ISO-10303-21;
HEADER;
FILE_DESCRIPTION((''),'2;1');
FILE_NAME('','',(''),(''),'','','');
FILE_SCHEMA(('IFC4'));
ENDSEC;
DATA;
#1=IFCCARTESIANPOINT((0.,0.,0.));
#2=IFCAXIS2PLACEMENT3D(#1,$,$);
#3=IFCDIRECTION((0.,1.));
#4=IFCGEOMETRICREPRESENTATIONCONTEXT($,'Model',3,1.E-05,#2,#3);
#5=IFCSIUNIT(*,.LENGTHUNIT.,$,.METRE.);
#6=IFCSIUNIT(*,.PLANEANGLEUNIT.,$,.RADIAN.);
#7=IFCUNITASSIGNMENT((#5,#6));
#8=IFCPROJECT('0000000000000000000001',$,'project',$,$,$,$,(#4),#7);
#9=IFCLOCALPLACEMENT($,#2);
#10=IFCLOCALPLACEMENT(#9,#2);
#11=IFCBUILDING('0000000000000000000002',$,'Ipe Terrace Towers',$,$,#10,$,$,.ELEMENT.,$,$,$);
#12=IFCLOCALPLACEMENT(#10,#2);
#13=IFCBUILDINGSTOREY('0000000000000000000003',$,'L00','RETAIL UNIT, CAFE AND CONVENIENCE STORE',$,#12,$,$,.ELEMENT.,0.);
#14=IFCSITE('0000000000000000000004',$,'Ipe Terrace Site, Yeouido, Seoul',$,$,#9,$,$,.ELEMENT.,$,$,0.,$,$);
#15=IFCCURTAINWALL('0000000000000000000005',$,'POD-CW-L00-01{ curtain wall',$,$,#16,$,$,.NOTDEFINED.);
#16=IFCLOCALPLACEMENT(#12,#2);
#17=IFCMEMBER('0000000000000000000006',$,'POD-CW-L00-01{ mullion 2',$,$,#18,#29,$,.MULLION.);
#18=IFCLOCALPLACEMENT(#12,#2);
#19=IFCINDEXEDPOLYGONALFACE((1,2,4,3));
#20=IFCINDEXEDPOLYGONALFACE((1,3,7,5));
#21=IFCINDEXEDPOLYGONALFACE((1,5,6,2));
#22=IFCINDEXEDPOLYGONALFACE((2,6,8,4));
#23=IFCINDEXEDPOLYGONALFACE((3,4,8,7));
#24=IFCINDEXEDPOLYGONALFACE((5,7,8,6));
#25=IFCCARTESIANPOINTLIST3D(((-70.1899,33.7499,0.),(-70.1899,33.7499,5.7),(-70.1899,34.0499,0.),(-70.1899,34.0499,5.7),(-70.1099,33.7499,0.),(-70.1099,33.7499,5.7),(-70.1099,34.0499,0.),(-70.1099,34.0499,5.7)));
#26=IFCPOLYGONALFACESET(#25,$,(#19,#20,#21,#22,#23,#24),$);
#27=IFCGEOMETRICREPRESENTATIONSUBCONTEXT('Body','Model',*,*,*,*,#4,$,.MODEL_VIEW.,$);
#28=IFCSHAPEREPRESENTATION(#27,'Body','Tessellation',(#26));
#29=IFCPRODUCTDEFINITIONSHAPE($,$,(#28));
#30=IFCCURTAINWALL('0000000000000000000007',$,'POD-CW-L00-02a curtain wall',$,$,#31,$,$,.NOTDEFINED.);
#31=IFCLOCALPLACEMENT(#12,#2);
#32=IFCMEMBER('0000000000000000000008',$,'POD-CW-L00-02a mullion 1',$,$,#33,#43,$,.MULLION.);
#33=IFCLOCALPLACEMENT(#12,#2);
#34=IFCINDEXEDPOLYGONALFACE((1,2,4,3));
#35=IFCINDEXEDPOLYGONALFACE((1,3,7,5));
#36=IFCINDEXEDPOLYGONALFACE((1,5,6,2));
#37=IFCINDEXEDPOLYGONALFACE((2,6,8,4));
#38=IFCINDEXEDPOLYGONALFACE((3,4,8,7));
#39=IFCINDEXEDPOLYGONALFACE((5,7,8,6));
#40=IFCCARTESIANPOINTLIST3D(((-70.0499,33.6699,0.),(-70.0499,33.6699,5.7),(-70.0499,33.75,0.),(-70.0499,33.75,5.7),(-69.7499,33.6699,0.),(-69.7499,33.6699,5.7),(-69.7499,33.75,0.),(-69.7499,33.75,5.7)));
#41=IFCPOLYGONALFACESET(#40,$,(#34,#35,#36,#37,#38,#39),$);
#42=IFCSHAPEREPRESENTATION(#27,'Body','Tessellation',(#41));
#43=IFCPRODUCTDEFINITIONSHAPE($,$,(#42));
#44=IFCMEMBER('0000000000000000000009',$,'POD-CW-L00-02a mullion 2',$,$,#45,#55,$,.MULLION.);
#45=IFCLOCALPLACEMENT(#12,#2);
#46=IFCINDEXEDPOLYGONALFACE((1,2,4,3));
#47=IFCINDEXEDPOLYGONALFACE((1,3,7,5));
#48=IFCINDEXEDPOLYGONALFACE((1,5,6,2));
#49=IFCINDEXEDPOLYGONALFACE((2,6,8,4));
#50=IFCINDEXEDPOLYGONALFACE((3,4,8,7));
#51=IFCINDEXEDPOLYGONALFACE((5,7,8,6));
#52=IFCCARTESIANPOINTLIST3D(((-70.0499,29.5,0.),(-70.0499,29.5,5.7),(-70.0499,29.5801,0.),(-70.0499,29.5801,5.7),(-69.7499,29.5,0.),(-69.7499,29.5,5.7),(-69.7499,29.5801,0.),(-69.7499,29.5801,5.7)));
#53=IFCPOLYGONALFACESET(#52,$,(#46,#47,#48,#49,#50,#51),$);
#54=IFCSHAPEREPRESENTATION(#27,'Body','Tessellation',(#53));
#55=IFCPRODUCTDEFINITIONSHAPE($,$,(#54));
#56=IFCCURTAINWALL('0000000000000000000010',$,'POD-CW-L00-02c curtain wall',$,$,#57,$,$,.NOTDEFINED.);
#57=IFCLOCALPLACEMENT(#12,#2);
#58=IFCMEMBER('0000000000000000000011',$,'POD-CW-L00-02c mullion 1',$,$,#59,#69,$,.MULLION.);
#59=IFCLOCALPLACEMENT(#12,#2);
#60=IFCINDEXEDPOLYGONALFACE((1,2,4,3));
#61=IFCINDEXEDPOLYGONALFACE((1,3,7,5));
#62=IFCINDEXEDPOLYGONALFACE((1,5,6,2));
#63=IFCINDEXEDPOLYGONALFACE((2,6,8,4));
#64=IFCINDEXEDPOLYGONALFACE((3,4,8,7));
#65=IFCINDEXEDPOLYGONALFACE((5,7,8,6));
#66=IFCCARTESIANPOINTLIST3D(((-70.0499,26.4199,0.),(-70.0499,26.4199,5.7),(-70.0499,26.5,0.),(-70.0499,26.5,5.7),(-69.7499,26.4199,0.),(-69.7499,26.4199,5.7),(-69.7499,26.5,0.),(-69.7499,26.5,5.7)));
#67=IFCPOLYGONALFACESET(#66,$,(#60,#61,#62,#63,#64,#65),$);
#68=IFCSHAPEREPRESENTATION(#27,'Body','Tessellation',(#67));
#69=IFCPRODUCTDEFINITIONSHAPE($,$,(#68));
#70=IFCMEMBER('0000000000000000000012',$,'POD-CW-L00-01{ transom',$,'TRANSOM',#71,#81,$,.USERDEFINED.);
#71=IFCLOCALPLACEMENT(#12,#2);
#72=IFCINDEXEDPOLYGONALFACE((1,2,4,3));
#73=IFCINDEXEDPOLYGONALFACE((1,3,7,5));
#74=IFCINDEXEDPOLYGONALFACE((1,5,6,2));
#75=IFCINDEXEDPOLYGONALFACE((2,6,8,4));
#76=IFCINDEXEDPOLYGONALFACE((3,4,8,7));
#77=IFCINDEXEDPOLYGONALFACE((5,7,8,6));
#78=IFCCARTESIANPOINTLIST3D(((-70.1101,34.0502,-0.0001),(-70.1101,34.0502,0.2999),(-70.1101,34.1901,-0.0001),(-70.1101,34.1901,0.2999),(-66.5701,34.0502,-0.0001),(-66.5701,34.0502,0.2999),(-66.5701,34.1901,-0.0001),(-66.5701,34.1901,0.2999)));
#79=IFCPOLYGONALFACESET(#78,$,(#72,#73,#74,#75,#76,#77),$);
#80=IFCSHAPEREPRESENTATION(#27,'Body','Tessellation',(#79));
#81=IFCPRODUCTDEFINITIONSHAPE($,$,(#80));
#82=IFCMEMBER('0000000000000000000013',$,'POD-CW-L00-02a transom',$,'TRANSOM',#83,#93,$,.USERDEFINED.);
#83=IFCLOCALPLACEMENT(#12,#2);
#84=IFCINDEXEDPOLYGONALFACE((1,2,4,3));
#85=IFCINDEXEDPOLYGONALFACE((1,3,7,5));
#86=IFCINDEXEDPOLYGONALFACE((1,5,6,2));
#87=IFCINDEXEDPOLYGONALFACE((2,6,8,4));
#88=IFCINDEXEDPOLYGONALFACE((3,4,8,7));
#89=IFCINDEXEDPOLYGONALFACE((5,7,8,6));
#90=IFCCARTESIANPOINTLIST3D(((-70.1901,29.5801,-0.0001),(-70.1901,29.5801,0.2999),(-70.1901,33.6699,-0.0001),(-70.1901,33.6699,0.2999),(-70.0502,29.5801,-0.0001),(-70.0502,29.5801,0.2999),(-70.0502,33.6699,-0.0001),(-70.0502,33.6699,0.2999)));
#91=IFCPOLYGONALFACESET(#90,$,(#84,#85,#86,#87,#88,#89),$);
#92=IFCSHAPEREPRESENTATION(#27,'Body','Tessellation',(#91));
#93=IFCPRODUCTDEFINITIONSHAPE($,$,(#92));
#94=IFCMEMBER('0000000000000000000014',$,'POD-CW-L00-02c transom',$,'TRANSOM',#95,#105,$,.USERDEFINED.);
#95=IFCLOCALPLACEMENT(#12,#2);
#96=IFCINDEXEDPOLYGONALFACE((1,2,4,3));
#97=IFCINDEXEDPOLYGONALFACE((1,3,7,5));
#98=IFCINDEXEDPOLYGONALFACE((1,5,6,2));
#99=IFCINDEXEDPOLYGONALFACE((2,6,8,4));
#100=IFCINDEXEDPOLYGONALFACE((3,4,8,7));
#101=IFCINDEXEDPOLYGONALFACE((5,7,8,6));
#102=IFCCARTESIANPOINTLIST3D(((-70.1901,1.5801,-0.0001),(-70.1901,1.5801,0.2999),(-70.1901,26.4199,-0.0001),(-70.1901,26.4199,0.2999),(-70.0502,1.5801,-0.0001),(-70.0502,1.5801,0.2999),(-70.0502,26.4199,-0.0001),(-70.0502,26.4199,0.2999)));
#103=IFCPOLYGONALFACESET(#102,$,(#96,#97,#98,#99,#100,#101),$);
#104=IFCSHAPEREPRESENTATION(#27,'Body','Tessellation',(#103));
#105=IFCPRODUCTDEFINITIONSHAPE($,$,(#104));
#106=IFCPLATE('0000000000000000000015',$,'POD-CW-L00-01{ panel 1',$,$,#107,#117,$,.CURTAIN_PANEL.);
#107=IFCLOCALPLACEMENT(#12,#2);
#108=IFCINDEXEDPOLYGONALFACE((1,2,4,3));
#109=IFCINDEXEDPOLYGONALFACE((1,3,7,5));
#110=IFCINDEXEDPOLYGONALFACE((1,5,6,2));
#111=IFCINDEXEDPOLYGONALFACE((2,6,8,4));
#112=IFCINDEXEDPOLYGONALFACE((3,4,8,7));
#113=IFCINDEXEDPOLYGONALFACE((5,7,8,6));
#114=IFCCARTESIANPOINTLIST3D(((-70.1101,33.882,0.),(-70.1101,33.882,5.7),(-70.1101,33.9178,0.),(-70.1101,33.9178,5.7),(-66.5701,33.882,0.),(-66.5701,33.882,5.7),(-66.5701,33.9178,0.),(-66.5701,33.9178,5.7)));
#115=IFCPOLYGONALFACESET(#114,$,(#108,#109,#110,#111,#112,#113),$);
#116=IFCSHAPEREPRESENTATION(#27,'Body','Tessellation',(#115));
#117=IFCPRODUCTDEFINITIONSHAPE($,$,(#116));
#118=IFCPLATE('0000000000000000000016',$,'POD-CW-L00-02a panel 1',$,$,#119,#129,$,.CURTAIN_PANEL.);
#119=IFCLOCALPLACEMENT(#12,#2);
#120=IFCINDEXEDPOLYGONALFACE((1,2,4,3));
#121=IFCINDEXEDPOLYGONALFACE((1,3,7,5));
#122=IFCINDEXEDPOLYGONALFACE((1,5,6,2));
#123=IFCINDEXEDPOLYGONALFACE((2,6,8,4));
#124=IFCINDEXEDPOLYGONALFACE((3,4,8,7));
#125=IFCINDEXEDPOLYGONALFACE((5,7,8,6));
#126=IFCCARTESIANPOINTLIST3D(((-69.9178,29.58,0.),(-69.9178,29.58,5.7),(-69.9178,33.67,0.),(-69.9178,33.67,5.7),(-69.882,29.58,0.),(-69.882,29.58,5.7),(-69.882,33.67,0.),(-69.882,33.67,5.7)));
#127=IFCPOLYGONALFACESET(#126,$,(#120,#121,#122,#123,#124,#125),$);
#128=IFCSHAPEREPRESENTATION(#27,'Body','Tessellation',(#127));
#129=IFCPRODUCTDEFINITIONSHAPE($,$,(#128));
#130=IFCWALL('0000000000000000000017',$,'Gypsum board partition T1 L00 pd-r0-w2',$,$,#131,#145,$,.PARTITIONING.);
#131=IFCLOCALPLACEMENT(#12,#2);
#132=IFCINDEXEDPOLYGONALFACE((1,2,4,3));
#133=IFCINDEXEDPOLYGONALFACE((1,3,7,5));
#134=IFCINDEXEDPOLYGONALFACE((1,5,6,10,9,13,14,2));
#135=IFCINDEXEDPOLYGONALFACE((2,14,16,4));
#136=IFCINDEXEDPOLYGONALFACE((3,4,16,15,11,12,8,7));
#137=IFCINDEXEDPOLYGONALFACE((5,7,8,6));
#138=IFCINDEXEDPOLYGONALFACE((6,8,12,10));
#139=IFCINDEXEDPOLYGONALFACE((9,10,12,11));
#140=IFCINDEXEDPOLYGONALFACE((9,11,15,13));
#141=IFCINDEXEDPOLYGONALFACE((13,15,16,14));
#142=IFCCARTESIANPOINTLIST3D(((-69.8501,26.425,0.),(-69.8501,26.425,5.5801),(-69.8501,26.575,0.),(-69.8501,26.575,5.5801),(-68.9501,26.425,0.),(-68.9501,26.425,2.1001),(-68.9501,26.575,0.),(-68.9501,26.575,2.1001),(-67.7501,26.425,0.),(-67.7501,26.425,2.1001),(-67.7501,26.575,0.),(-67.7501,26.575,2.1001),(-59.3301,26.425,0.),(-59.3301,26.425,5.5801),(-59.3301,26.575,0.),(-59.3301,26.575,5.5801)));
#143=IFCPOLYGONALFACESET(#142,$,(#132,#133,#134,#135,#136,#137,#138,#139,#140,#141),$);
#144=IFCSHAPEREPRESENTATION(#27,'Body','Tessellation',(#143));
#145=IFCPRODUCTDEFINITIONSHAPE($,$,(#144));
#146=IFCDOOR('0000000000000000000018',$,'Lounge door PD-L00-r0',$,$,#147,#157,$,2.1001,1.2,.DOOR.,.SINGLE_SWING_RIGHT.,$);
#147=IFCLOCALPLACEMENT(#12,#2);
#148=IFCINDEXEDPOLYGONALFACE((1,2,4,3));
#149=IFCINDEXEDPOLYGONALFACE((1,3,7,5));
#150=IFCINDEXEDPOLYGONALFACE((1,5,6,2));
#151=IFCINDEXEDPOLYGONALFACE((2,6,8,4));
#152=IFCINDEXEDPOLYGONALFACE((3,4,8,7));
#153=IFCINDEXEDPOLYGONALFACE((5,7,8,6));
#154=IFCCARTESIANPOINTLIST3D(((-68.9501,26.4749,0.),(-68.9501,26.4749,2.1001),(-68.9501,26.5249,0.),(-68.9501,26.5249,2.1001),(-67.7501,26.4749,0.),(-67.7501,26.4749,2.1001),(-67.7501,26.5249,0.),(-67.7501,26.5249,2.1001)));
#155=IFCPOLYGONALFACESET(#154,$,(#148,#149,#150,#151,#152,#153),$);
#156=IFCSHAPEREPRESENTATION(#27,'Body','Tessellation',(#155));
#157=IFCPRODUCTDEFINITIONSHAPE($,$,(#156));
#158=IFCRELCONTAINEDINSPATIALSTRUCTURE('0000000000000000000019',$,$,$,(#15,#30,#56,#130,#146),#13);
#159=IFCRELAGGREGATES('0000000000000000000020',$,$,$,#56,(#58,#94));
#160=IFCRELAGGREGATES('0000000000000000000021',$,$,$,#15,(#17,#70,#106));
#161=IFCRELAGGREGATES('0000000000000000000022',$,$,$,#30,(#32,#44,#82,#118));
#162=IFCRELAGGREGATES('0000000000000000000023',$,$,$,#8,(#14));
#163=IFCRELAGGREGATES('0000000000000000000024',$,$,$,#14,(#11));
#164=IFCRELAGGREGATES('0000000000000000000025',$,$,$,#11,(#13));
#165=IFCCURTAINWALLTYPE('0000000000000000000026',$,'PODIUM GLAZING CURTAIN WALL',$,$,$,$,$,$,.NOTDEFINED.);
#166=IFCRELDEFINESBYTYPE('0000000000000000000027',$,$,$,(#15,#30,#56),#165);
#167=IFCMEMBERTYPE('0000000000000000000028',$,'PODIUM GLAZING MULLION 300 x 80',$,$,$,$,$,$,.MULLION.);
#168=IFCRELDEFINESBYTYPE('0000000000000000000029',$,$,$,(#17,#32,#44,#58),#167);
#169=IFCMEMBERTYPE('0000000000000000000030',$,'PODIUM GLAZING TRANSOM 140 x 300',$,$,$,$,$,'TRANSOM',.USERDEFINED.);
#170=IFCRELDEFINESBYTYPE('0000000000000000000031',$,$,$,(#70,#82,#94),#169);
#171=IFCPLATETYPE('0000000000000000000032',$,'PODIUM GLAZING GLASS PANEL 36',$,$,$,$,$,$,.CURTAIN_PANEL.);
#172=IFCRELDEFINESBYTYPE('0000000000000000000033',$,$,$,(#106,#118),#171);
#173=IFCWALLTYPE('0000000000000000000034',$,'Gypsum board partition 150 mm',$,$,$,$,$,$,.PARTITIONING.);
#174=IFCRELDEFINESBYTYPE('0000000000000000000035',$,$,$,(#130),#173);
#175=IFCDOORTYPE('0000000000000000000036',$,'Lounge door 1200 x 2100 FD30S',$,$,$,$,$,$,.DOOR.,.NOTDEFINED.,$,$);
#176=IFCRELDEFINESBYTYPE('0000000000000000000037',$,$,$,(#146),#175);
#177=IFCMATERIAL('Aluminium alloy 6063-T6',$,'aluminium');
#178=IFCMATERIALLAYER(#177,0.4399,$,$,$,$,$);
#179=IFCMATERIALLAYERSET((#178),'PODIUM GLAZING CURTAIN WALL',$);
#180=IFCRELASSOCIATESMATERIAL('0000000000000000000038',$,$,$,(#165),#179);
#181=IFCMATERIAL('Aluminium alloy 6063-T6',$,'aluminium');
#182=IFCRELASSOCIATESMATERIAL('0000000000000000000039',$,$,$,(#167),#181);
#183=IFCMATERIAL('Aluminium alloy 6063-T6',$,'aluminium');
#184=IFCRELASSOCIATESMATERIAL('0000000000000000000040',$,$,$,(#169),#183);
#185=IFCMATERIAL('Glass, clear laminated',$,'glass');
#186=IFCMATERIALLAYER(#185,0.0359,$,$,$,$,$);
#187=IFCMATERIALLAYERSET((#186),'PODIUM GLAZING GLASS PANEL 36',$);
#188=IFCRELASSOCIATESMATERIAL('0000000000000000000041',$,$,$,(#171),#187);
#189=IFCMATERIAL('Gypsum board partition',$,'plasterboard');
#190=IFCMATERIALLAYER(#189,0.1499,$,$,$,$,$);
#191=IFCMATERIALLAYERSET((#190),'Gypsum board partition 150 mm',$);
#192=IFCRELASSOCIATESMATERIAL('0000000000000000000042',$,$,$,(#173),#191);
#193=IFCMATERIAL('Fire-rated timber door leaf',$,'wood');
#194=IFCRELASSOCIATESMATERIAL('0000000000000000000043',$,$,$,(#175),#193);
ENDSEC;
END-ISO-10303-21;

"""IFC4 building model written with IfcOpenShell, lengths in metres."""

from ifc_helpers import new_model, si_unit, direction, frame, frame_2d, origin, origin_2d, place, context, subcontext, project, spatial, rectangle, extrude, material, layer, layer_set, material_profile, profile_set, type_object, element, fill, aggregate, save


model = new_model("IFC4")

# Units and contexts
model_context = context("Model", 3, precision=1e-05, world=origin(), true_north=direction((0.0, 1.0)))
body_context = subcontext(model_context, "Body", "Model", "MODEL_VIEW")
ifc_project = project(units=[si_unit("LENGTHUNIT", "METRE"), si_unit("PLANEANGLEUNIT", "RADIAN")], contexts=[model_context])

# Site, building, storey
site_placement = place(None, origin())
site = spatial("IfcSite", under=ifc_project, at=site_placement, Name="Ipe Terrace Site, Yeouido, Seoul", CompositionType="ELEMENT", RefElevation=0.0)
building_placement = place(site_placement, origin())
building = spatial("IfcBuilding", under=site, at=building_placement, Name="Ipe Terrace Towers", CompositionType="ELEMENT")
storey_placement = place(building_placement, origin())
storey = spatial("IfcBuildingStorey", under=building, at=storey_placement, Name="L00", Description="RETAIL UNIT, CAFE AND CONVENIENCE STORE", CompositionType="ELEMENT", Elevation=0.0)

# Curtain walls, members
ifc_material_1 = material(Name="Aluminium alloy 6063-T6", Category="aluminium")
ifc_layer_1 = layer(ifc_material_1, 0.4399)
ifc_layer_set_1 = layer_set([ifc_layer_1], Name="PODIUM GLAZING CURTAIN WALL")
curtain_wall_type = type_object("IfcCurtainWallType", Name="PODIUM GLAZING CURTAIN WALL", PredefinedType="NOTDEFINED", material=ifc_layer_set_1)
curtain_wall_1_placement = place(storey_placement, origin())
curtain_wall_1 = element("IfcCurtainWall", 1, at=curtain_wall_1_placement, inside=storey, type_object=curtain_wall_type, Name="POD-CW-L00-01{ curtain wall", PredefinedType="NOTDEFINED")
ifc_material_2 = material(Name="Aluminium alloy 6063-T6", Category="aluminium")
ifc_material_profile_1 = material_profile(ifc_material_2, rectangle(XDim=0.3, YDim=0.0801, at=origin_2d()), Name="PODIUM GLAZING MULLION 300 x 80")
ifc_profile_set_1 = profile_set([ifc_material_profile_1], Name="Aluminium alloy 6063-T6")
member_type_1 = type_object("IfcMemberType", Name="PODIUM GLAZING MULLION 300 x 80", PredefinedType="MULLION", material=ifc_profile_set_1)
member_1_placement = place(storey_placement, frame((-70.1499, 33.8999, 0.0), z_axis=(0.0, 0.0, 1.0), x_axis=(0.0, 1.0, 0.0)))
member_1 = element("IfcMember", 2, at=member_1_placement, type_object=member_type_1, Name="POD-CW-L00-01{ mullion 2", PredefinedType="MULLION", context=body_context, shape_type="SweptSolid", body=[
    extrude(rectangle(XDim=0.3, YDim=0.0801, at=origin_2d()), origin(), (0.0, 0.0, 1.0), 5.7),
])
curtain_wall_2_placement = place(storey_placement, origin())
curtain_wall_2 = element("IfcCurtainWall", 3, at=curtain_wall_2_placement, inside=storey, type_object=curtain_wall_type, Name="POD-CW-L00-02a curtain wall", PredefinedType="NOTDEFINED")
member_2_placement = place(storey_placement, frame((-69.8999, 33.71, 0.0), z_axis=(0.0, 0.0, 1.0), x_axis=(-1.0, 0.0, 0.0)))
member_2 = element("IfcMember", 4, at=member_2_placement, type_object=member_type_1, Name="POD-CW-L00-02a mullion 1", PredefinedType="MULLION", context=body_context, shape_type="SweptSolid", body=[
    extrude(rectangle(XDim=0.3, YDim=0.0801, at=origin_2d()), origin(), (0.0, 0.0, 1.0), 5.7),
])
member_3_placement = place(storey_placement, frame((-69.8999, 29.54, 0.0), z_axis=(0.0, 0.0, 1.0), x_axis=(-1.0, 0.0, 0.0)))
member_3 = element("IfcMember", 5, at=member_3_placement, type_object=member_type_1, Name="POD-CW-L00-02a mullion 2", PredefinedType="MULLION", context=body_context, shape_type="SweptSolid", body=[
    extrude(rectangle(XDim=0.3, YDim=0.0801, at=origin_2d()), origin(), (0.0, 0.0, 1.0), 5.7),
])

# Curtain wall, member
curtain_wall_3_placement = place(storey_placement, origin())
curtain_wall_3 = element("IfcCurtainWall", 6, at=curtain_wall_3_placement, inside=storey, type_object=curtain_wall_type, Name="POD-CW-L00-02c curtain wall", PredefinedType="NOTDEFINED")
member_4_placement = place(storey_placement, frame((-69.8999, 26.46, 0.0), z_axis=(0.0, 0.0, 1.0), x_axis=(-1.0, 0.0, 0.0)))
member_4 = element("IfcMember", 7, at=member_4_placement, type_object=member_type_1, Name="POD-CW-L00-02c mullion 1", PredefinedType="MULLION", context=body_context, shape_type="SweptSolid", body=[
    extrude(rectangle(XDim=0.3, YDim=0.0801, at=origin_2d()), origin(), (0.0, 0.0, 1.0), 5.7),
])

# Members
ifc_material_3 = material(Name="Aluminium alloy 6063-T6", Category="aluminium")
ifc_material_profile_2 = material_profile(ifc_material_3, rectangle(XDim=0.1399, YDim=0.3, at=origin_2d()), Name="PODIUM GLAZING TRANSOM 140 x 300")
ifc_profile_set_2 = profile_set([ifc_material_profile_2], Name="Aluminium alloy 6063-T6")
member_type_2 = type_object("IfcMemberType", Name="PODIUM GLAZING TRANSOM 140 x 300", ElementType="TRANSOM", PredefinedType="USERDEFINED", material=ifc_profile_set_2)
member_5_placement = place(storey_placement, frame((-66.5701, 34.1201, 0.1499), z_axis=(-1.0, 0.0, 0.0), x_axis=(0.0, 1.0, 0.0)))
member_5 = element("IfcMember", 8, at=member_5_placement, type_object=member_type_2, Name="POD-CW-L00-01{ transom", ObjectType="TRANSOM", PredefinedType="USERDEFINED", context=body_context, shape_type="SweptSolid", body=[
    extrude(rectangle(XDim=0.1399, YDim=0.3, at=origin_2d()), origin(), (0.0, 0.0, 1.0), 3.54),
])
member_6_placement = place(storey_placement, frame((-70.1201, 33.6699, 0.1499), z_axis=(0.0, -1.0, 0.0), x_axis=(-1.0, 0.0, 0.0)))
member_6 = element("IfcMember", 9, at=member_6_placement, type_object=member_type_2, Name="POD-CW-L00-02a transom", ObjectType="TRANSOM", PredefinedType="USERDEFINED", context=body_context, shape_type="SweptSolid", body=[
    extrude(rectangle(XDim=0.1399, YDim=0.3, at=origin_2d()), origin(), (0.0, 0.0, 1.0), 4.0898),
])
member_7_placement = place(storey_placement, frame((-70.1201, 26.4199, 0.1499), z_axis=(0.0, -1.0, 0.0), x_axis=(-1.0, 0.0, 0.0)))
member_7 = element("IfcMember", 10, at=member_7_placement, type_object=member_type_2, Name="POD-CW-L00-02c transom", ObjectType="TRANSOM", PredefinedType="USERDEFINED", context=body_context, shape_type="SweptSolid", body=[
    extrude(rectangle(XDim=0.1399, YDim=0.3, at=origin_2d()), origin(), (0.0, 0.0, 1.0), 24.8398),
])
aggregate(curtain_wall_3, [member_4, member_7])

# Plates
ifc_material_4 = material(Name="Glass, clear laminated", Category="glass")
ifc_layer_2 = layer(ifc_material_4, 0.0359)
ifc_layer_set_2 = layer_set([ifc_layer_2], Name="PODIUM GLAZING GLASS PANEL 36")
plate_type = type_object("IfcPlateType", Name="PODIUM GLAZING GLASS PANEL 36", PredefinedType="CURTAIN_PANEL", material=ifc_layer_set_2)
plate_1_placement = place(storey_placement, frame((-68.3401, 33.8999, 0.0), z_axis=(0.0, 0.0, 1.0), x_axis=(-1.0, 0.0, 0.0)))
plate_1 = element("IfcPlate", 11, at=plate_1_placement, type_object=plate_type, Name="POD-CW-L00-01{ panel 1", PredefinedType="CURTAIN_PANEL", context=body_context, shape_type="SweptSolid", body=[
    extrude(rectangle(XDim=3.54, YDim=0.0359, at=origin_2d()), origin(), (0.0, 0.0, 1.0), 5.7),
])
aggregate(curtain_wall_1, [member_1, member_5, plate_1])
plate_2_placement = place(storey_placement, frame((-69.8999, 31.625, 0.0), z_axis=(0.0, 0.0, 1.0), x_axis=(0.0, -1.0, 0.0)))
plate_2 = element("IfcPlate", 12, at=plate_2_placement, type_object=plate_type, Name="POD-CW-L00-02a panel 1", PredefinedType="CURTAIN_PANEL", context=body_context, shape_type="SweptSolid", body=[
    extrude(rectangle(XDim=4.0901, YDim=0.0359, at=origin_2d()), origin(), (0.0, 0.0, 1.0), 5.7),
])
aggregate(curtain_wall_2, [member_2, member_3, member_6, plate_2])

# Wall, opening, door
ifc_material_5 = material(Name="Gypsum board partition", Category="plasterboard")
ifc_layer_3 = layer(ifc_material_5, 0.1499)
ifc_layer_set_3 = layer_set([ifc_layer_3], Name="Gypsum board partition 150 mm")
wall_type_1 = type_object("IfcWallType", Name="Gypsum board partition 150 mm", PredefinedType="PARTITIONING", material=ifc_layer_set_3)
wall_1_placement = place(storey_placement, frame((-69.8501, 26.5, 0.0), z_axis=(0.0, 0.0, 1.0), x_axis=(1.0, 0.0, 0.0)))
wall_1 = element("IfcWall", 13, at=wall_1_placement, inside=storey, type_object=wall_type_1, Name="Gypsum board partition T1 L00 pd-r0-w2", PredefinedType="PARTITIONING", context=body_context, shape_type="SweptSolid", body=[
    extrude(rectangle(XDim=10.52, YDim=0.1499, at=frame_2d((5.26, 0.0))), origin(), (0.0, 0.0, 1.0), 5.5801),
])
opening_1_placement = place(wall_1_placement, frame((0.8999, 0.0, 0.0)))
opening_1 = element("IfcOpeningElement", 14, at=opening_1_placement, cuts=wall_1, PredefinedType="OPENING", context=body_context, shape_type="SweptSolid", body=[
    extrude(rectangle(XDim=1.2, YDim=2.1001, at=frame_2d((0.6001, 1.05))), frame((0.0, 0.085, 0.0), z_axis=(0.0, -1.0, 0.0), x_axis=(1.0, 0.0, 0.0)), (0.0, 0.0, 1.0), 0.1699),
])
ifc_material_6 = material(Name="Fire-rated timber door leaf", Category="wood")
door_type_1 = type_object("IfcDoorType", Name="Lounge door 1200 x 2100 FD30S", OperationType="NOTDEFINED", PredefinedType="DOOR", material=ifc_material_6)
door_1_placement = place(opening_1_placement, origin())
door_1 = element("IfcDoor", 15, at=door_1_placement, inside=storey, type_object=door_type_1, Name="Lounge door PD-L00-r0", OperationType="SINGLE_SWING_RIGHT", OverallHeight=2.1001, OverallWidth=1.2, PredefinedType="DOOR", context=body_context, shape_type="SweptSolid", body=[
    extrude(rectangle(XDim=1.2, YDim=2.1001, at=frame_2d((0.6001, 1.05))), frame((0.0, 0.0249, 0.0), z_axis=(0.0, -1.0, 0.0), x_axis=(1.0, 0.0, 0.0)), (0.0, 0.0, 1.0), 0.05),
])
fill(opening_1, door_1)

save(model, "model.ifc")
